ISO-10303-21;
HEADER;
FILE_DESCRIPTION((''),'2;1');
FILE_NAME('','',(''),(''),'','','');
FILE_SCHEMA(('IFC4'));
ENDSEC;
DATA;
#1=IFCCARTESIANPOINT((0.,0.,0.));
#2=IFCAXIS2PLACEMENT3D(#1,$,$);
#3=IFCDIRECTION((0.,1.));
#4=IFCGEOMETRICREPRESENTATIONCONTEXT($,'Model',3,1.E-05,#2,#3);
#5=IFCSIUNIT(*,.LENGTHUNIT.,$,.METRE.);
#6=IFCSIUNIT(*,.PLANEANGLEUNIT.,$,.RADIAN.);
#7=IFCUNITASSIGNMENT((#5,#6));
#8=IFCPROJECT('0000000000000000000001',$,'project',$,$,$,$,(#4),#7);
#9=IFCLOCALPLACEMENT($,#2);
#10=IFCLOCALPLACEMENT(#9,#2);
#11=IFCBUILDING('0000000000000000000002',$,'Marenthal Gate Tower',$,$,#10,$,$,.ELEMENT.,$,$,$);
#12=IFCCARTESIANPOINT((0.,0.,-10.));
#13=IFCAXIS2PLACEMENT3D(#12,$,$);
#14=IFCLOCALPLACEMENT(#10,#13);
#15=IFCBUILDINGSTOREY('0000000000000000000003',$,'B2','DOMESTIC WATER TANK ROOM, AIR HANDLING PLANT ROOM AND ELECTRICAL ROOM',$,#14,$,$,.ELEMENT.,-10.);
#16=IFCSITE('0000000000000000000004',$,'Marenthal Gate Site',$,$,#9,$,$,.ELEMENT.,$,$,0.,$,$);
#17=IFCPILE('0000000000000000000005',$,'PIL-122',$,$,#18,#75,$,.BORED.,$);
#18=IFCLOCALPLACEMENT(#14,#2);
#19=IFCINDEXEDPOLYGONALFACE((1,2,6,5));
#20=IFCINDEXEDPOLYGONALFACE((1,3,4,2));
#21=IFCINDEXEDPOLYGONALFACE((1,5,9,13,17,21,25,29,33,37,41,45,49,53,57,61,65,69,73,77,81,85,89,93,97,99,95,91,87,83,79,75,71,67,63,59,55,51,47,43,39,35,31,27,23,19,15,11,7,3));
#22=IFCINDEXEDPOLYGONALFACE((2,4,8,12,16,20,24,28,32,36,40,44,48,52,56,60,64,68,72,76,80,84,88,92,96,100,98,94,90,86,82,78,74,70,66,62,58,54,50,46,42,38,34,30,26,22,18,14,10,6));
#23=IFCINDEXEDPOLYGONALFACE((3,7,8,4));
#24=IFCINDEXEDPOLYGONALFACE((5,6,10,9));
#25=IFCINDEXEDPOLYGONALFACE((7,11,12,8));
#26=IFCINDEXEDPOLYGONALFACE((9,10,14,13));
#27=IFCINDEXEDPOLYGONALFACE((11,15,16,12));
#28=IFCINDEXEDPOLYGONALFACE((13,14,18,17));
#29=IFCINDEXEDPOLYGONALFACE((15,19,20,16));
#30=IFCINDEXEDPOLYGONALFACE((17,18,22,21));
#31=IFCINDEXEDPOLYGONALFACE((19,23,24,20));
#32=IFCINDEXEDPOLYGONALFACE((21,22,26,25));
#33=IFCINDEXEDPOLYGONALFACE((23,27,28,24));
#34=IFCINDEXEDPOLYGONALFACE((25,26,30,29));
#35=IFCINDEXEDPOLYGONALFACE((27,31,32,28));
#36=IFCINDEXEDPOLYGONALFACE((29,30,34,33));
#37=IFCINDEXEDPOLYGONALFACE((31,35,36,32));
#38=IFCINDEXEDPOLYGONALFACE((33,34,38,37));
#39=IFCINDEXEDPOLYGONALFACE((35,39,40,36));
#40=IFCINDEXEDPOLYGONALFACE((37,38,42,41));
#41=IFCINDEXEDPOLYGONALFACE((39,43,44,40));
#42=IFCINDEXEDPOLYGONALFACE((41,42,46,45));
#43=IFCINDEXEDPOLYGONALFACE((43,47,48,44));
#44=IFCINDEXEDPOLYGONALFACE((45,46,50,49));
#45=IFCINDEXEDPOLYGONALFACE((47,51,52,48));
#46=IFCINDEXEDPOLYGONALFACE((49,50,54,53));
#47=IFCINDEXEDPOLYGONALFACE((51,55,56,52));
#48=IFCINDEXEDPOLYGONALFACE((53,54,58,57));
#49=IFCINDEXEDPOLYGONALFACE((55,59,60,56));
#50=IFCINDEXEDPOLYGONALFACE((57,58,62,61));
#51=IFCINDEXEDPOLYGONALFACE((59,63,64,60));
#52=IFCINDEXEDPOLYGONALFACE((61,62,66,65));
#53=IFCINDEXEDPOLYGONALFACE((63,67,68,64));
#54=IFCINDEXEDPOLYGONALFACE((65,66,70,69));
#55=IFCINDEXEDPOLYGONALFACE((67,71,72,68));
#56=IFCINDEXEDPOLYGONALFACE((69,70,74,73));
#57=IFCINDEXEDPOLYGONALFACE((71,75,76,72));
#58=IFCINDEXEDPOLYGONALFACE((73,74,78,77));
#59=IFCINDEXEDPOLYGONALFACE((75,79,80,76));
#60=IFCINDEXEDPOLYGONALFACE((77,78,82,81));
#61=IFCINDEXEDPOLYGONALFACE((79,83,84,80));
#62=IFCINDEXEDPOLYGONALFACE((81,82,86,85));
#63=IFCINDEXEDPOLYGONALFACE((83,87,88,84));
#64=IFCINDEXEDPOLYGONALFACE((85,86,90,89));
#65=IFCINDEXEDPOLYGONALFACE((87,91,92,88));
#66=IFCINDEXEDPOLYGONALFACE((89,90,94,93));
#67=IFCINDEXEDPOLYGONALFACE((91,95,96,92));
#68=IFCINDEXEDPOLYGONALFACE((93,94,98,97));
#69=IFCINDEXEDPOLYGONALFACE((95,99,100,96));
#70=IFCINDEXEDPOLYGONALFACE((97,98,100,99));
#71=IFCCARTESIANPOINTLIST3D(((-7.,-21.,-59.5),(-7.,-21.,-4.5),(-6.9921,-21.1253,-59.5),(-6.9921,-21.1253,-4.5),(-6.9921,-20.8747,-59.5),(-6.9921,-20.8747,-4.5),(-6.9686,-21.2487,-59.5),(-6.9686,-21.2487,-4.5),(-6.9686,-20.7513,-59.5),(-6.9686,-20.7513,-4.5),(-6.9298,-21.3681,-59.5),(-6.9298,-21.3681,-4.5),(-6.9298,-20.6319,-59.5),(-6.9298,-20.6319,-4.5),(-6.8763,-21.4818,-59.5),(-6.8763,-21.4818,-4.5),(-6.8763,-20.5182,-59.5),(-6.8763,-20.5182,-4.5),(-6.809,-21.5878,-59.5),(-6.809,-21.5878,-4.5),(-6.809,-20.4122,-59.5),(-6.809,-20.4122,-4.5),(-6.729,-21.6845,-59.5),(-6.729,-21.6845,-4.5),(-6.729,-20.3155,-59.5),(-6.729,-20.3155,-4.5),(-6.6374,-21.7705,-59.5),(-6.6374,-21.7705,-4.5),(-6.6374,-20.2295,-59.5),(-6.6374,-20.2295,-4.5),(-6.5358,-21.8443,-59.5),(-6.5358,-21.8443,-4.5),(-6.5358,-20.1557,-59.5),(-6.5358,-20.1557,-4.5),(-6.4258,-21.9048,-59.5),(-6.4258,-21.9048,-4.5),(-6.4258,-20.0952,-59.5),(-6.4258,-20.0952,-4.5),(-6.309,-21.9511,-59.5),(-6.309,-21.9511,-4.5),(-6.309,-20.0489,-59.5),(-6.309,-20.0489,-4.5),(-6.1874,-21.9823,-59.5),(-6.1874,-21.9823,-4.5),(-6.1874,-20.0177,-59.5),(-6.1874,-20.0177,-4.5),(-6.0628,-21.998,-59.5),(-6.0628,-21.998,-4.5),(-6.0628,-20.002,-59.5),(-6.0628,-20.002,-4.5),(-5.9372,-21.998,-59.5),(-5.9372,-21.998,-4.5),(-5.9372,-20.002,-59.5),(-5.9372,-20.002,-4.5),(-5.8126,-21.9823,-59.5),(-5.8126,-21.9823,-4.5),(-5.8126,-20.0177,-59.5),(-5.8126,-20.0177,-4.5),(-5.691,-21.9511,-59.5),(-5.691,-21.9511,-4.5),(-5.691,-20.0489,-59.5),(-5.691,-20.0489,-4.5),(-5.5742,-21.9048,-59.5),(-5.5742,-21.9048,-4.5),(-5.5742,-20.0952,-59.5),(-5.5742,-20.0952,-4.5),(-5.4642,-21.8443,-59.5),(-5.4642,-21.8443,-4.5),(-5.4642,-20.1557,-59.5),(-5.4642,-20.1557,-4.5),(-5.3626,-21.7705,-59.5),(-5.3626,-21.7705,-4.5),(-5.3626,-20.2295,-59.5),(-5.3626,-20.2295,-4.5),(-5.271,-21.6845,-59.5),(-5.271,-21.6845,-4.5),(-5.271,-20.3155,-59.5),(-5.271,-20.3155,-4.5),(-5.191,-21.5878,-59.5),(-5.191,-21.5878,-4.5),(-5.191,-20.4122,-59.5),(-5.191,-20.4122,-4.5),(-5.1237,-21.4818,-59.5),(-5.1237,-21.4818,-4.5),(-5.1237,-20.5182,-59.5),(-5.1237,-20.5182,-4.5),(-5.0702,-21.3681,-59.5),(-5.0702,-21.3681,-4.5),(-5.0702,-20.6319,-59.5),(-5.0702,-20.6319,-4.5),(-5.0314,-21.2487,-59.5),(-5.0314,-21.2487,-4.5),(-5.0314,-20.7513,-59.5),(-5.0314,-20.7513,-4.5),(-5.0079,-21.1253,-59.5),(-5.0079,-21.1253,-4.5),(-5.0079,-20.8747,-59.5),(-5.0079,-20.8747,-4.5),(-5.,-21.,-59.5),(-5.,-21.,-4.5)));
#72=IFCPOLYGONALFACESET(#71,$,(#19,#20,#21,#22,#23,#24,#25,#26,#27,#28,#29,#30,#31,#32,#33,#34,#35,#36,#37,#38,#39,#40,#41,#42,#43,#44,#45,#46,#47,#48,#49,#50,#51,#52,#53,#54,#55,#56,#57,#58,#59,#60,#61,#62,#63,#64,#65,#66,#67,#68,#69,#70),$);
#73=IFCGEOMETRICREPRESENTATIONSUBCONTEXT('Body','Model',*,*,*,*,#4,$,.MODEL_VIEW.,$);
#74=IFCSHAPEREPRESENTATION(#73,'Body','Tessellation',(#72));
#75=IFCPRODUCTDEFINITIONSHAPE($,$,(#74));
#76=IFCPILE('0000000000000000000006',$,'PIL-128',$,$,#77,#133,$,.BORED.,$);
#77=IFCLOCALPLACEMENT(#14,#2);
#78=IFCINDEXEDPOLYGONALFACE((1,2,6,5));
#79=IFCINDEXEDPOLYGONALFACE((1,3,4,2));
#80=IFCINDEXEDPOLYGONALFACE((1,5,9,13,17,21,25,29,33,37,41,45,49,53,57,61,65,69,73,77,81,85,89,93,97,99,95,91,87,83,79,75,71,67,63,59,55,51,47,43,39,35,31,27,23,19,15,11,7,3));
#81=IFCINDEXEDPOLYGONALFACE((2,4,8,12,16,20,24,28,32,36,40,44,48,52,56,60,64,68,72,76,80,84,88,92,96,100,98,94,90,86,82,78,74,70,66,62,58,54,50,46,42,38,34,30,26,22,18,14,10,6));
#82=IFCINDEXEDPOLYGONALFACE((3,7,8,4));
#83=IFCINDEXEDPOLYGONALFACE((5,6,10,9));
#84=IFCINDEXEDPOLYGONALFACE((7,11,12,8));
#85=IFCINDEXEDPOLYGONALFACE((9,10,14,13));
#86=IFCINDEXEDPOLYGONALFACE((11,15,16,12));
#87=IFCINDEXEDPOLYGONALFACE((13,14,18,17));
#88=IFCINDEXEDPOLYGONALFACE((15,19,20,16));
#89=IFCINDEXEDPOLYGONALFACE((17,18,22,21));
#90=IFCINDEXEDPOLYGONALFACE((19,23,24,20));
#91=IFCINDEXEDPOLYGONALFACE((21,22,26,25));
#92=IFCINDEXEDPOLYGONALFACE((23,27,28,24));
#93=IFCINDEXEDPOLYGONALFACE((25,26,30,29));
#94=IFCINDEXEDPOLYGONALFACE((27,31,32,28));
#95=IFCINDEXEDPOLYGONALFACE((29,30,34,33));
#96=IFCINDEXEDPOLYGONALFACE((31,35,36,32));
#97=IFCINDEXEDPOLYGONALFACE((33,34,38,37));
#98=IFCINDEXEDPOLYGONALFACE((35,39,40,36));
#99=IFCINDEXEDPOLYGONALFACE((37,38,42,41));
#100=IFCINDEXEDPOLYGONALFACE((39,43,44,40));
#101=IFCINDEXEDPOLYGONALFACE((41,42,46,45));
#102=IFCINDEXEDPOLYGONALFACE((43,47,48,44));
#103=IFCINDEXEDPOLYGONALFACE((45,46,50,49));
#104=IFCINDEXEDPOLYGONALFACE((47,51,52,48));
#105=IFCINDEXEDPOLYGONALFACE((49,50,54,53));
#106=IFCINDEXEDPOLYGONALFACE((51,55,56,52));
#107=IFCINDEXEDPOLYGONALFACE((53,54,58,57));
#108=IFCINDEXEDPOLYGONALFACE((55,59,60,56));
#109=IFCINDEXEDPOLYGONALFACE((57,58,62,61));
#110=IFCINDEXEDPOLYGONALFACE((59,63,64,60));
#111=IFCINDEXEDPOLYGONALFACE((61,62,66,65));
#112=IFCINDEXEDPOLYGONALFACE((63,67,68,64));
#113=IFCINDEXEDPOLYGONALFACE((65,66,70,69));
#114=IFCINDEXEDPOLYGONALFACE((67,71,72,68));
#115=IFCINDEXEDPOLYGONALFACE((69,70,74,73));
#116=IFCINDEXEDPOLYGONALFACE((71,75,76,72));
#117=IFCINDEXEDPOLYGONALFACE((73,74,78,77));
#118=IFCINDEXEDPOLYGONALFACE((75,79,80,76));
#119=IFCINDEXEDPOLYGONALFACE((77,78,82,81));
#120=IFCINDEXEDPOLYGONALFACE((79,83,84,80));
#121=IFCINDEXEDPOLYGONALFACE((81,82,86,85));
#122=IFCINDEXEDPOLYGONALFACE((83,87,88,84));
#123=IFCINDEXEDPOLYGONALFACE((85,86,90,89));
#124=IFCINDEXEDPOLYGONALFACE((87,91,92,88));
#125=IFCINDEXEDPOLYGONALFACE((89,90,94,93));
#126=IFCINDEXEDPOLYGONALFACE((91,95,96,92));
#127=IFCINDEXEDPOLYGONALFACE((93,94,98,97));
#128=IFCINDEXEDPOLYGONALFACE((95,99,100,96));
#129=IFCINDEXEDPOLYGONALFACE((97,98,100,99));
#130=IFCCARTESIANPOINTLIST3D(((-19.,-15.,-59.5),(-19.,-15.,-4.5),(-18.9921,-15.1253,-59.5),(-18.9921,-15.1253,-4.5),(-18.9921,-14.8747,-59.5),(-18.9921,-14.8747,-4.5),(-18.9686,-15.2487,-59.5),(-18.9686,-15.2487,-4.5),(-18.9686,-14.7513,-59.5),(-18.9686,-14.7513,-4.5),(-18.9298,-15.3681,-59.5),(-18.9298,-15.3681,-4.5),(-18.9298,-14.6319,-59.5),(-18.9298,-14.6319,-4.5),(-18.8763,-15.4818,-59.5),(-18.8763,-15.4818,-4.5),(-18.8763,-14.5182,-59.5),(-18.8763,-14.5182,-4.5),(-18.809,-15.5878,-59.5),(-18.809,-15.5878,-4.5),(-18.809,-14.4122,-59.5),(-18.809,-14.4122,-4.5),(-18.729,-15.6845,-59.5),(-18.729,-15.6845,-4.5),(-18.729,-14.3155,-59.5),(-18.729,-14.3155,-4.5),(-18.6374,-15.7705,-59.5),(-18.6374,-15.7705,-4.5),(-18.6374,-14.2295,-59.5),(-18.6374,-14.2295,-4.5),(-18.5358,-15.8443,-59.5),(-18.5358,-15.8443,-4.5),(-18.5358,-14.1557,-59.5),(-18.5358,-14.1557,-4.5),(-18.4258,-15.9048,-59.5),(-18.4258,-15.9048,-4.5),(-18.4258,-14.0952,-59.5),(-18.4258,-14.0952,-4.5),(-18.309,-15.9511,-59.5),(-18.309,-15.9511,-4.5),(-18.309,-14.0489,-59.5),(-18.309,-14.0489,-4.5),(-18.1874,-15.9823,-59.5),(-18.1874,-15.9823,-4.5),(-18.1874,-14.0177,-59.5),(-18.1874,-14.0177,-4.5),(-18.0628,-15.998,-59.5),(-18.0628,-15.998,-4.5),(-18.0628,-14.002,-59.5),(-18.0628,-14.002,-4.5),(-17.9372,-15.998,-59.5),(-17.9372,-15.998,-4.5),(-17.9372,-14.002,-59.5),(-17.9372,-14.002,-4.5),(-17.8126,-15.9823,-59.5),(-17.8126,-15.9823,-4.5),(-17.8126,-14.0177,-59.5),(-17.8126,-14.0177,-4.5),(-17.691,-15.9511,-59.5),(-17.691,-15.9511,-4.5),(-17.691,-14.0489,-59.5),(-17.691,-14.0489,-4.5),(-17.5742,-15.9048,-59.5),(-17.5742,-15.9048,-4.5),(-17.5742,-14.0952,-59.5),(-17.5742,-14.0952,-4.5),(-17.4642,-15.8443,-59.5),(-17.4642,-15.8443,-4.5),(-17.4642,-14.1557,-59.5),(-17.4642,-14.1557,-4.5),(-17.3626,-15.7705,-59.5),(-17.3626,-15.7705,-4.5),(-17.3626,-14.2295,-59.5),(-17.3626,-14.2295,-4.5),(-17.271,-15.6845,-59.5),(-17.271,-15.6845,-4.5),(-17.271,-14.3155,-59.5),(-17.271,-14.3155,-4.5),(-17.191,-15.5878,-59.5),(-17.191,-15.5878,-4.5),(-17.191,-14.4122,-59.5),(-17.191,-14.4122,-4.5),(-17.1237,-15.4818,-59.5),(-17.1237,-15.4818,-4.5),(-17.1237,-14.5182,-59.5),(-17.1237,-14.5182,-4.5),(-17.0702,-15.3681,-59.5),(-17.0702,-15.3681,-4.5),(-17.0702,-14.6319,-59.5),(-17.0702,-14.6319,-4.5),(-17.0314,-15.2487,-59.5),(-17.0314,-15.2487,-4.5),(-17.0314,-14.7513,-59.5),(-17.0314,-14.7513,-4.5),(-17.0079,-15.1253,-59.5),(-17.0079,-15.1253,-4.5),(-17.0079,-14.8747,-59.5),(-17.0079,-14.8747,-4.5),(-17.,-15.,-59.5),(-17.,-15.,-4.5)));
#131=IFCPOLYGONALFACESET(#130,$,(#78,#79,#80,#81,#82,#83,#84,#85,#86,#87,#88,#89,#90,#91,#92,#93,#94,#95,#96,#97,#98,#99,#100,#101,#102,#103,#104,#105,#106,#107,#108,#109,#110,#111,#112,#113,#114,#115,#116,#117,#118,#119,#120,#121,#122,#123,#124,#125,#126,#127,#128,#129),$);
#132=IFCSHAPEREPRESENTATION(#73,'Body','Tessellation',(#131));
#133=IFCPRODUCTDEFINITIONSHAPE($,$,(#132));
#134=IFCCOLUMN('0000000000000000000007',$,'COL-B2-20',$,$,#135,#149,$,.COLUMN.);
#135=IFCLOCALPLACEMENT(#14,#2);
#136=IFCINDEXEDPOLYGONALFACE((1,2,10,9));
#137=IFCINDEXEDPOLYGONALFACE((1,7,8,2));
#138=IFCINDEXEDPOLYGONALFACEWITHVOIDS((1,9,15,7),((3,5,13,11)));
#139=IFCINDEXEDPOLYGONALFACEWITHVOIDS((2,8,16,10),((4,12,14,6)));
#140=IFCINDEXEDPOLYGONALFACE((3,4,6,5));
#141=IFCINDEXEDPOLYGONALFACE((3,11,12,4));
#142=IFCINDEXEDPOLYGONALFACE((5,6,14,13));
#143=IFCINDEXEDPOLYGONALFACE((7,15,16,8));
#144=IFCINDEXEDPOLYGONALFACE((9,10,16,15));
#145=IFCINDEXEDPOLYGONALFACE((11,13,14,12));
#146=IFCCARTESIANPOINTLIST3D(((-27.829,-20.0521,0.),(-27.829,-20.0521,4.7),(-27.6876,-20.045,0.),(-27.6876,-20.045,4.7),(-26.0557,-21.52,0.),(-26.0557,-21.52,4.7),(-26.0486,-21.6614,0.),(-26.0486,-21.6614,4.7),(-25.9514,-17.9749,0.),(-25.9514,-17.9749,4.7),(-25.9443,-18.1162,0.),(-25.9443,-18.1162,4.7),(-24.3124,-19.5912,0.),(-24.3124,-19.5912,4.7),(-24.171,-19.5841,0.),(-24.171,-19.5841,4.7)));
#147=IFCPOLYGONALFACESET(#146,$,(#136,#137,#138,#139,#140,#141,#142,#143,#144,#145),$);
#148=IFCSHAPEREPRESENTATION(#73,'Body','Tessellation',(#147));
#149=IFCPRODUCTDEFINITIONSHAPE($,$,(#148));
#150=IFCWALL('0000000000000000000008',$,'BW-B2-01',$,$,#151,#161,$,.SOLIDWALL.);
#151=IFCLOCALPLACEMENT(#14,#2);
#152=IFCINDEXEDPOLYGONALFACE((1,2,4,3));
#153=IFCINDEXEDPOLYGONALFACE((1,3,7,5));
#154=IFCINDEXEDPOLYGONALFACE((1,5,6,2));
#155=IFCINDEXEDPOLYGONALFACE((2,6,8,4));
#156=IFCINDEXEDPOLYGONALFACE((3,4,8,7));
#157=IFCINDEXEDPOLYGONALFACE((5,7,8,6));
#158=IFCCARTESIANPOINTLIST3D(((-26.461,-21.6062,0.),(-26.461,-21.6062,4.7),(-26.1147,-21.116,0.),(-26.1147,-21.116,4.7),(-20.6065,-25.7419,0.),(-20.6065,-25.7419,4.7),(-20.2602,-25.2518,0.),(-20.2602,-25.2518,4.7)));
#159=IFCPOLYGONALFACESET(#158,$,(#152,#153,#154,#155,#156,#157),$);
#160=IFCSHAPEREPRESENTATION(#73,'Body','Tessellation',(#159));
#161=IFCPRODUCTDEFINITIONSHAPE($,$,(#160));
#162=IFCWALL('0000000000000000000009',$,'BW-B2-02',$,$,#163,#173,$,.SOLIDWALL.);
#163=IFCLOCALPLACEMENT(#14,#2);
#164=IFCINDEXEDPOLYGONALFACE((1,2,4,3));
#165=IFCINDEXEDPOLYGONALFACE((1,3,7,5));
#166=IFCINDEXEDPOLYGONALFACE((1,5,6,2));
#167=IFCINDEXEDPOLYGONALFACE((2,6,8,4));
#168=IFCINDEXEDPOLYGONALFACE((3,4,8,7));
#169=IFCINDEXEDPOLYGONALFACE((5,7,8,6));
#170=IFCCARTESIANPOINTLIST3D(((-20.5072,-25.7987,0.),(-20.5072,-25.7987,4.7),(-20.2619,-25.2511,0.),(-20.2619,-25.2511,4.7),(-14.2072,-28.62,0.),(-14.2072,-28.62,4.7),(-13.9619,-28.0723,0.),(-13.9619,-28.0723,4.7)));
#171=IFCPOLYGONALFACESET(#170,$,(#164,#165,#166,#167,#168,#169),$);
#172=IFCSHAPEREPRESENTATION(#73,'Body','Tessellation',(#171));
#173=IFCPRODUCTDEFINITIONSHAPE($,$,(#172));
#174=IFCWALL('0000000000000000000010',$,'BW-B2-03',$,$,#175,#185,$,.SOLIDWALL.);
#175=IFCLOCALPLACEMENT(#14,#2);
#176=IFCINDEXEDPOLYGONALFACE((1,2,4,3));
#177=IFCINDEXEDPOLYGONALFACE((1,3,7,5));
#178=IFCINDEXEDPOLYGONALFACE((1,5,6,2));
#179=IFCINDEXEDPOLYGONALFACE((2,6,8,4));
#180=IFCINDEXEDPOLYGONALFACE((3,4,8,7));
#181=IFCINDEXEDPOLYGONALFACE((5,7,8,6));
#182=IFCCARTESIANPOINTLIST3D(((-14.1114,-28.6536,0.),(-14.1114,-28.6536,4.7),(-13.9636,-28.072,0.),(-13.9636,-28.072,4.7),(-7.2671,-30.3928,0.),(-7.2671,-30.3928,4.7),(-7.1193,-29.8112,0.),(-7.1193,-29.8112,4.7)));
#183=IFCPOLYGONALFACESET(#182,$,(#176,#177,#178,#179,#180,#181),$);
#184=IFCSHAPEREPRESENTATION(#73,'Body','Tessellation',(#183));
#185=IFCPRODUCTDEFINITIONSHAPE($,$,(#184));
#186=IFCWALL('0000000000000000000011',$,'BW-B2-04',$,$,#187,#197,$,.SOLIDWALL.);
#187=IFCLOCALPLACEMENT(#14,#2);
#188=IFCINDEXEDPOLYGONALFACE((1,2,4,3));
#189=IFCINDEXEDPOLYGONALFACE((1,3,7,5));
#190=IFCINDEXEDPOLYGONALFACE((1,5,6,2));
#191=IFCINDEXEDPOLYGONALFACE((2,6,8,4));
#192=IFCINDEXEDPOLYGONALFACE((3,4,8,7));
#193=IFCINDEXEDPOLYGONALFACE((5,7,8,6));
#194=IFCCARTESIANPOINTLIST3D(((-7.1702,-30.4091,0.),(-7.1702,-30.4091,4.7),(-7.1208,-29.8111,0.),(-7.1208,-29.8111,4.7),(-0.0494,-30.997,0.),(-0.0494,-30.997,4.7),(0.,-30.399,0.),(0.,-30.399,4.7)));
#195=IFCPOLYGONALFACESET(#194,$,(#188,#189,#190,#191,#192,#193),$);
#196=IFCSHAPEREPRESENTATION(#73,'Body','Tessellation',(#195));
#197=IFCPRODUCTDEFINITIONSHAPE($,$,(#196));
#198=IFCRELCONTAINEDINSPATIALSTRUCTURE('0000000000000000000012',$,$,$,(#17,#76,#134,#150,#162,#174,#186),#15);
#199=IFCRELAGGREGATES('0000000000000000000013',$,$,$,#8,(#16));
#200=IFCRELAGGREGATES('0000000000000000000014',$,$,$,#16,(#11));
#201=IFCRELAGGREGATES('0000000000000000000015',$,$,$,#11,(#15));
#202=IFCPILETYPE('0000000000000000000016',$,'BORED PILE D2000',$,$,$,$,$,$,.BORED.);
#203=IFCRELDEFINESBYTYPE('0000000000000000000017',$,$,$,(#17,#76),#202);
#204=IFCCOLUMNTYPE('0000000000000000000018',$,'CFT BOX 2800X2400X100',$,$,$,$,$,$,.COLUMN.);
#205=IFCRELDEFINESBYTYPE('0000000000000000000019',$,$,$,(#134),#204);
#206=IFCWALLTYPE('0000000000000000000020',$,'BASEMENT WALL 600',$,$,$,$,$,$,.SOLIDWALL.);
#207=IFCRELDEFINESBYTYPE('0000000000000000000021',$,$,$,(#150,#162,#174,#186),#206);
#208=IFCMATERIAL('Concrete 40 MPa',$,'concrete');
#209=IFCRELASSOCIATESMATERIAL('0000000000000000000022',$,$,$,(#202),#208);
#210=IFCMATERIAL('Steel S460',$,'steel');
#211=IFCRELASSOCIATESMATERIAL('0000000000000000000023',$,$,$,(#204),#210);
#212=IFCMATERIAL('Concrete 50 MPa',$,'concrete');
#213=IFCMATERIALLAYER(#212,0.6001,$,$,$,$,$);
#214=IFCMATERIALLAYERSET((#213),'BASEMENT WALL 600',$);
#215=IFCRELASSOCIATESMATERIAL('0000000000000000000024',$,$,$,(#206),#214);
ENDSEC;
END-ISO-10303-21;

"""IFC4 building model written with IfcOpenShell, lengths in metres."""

from ifc_helpers import new_model, si_unit, direction, frame, frame_2d, origin, origin_2d, place, context, subcontext, project, spatial, rectangle, hollow_rectangle, circle, extrude, material, layer, layer_set, material_profile, profile_set, type_object, element, save


model = new_model("IFC4")

# Units and contexts
model_context = context("Model", 3, precision=1e-05, world=origin(), true_north=direction((0.0, 1.0)))
body_context = subcontext(model_context, "Body", "Model", "MODEL_VIEW")
ifc_project = project(units=[si_unit("LENGTHUNIT", "METRE"), si_unit("PLANEANGLEUNIT", "RADIAN")], contexts=[model_context])

# Site, building, storey
site_placement = place(None, origin())
site = spatial("IfcSite", under=ifc_project, at=site_placement, Name="Marenthal Gate Site", CompositionType="ELEMENT", RefElevation=0.0)
building_placement = place(site_placement, origin())
building = spatial("IfcBuilding", under=site, at=building_placement, Name="Marenthal Gate Tower", CompositionType="ELEMENT")
storey_placement = place(building_placement, frame((0.0, 0.0, -10.0)))
storey = spatial("IfcBuildingStorey", under=building, at=storey_placement, Name="B2", Description="DOMESTIC WATER TANK ROOM, AIR HANDLING PLANT ROOM AND ELECTRICAL ROOM", CompositionType="ELEMENT", Elevation=-10.0)

# Piles
ifc_material_1 = material(Name="Concrete 40 MPa", Category="concrete")
pile_type = type_object("IfcPileType", Name="BORED PILE D2000", PredefinedType="BORED", material=ifc_material_1)
for number, where, z_axis, x_axis, name in (
    (1, (-6.0, -21.0, -4.5), (0.0, 0.0, -1.0), (1.0, 0.0, 0.0), "PIL-122"),
    (2, (-18.0, -15.0, -4.5), (0.0, 0.0, -1.0), (1.0, 0.0, 0.0), "PIL-128"),
):
    element("IfcPile", number, at=place(storey_placement, frame(where, z_axis=z_axis, x_axis=x_axis)), inside=storey, type_object=pile_type, Name=name, PredefinedType="BORED", context=body_context, shape_type="SweptSolid", body=[
        extrude(circle(Radius=1.0, at=origin_2d()), origin(), (0.0, 0.0, 1.0), 55.0),
    ])

# Column
ifc_material_2 = material(Name="Steel S460", Category="steel")
ifc_material_profile_1 = material_profile(ifc_material_2, hollow_rectangle(XDim=2.3999, YDim=2.8, WallThickness=0.1001, at=origin_2d()), Name="CFT BOX 2800X2400X100")
ifc_material_3 = material(Name="Concrete 70 MPa", Category="concrete")
ifc_material_profile_2 = material_profile(ifc_material_3, rectangle(XDim=2.2, YDim=2.6001, at=origin_2d()), Name="CFT BOX 2800X2400X100 INFILL")
ifc_profile_set = profile_set([ifc_material_profile_1, ifc_material_profile_2], Name="Steel S460 shell, Concrete 70 MPa infill")
column_type = type_object("IfcColumnType", Name="CFT BOX 2800X2400X100", PredefinedType="COLUMN", material=ifc_profile_set)
column_placement = place(storey_placement, frame((-26.0, -19.8181, 0.0), z_axis=(0.0, 0.0, 1.0), x_axis=(-0.741874, 0.670539, 0.0)))
element("IfcColumn", 3, at=column_placement, inside=storey, type_object=column_type, Name="COL-B2-20", PredefinedType="COLUMN", context=body_context, shape_type="SweptSolid", body=[
    extrude(hollow_rectangle(XDim=2.3999, YDim=2.8, WallThickness=0.1001, at=origin_2d()), origin(), (0.0, 0.0, 1.0), 4.7),
])

# Walls
ifc_material_4 = material(Name="Concrete 50 MPa", Category="concrete")
ifc_layer_1 = layer(ifc_material_4, 0.6001)
ifc_layer_set_1 = layer_set([ifc_layer_1], Name="BASEMENT WALL 600")
wall_type_1 = type_object("IfcWallType", Name="BASEMENT WALL 600", PredefinedType="SOLIDWALL", material=ifc_layer_set_1)
wall_1_placement = place(storey_placement, frame((-26.2878, -21.3611, 0.0), z_axis=(0.0, 0.0, 1.0), x_axis=(0.81676, -0.576977, 0.0)))
element("IfcWall", 4, at=wall_1_placement, inside=storey, type_object=wall_type_1, Name="BW-B2-01", PredefinedType="SOLIDWALL", context=body_context, shape_type="SweptSolid", body=[
    extrude(rectangle(XDim=7.168, YDim=0.6001, at=frame_2d((3.584, 0.0))), origin(), (0.0, 0.0, 1.0), 4.7),
])
wall_2_placement = place(storey_placement, frame((-20.3845, -25.5249, 0.0), z_axis=(0.0, 0.0, 1.0), x_axis=(0.912664, -0.40871, 0.0)))
element("IfcWall", 5, at=wall_2_placement, inside=storey, type_object=wall_type_1, Name="BW-B2-02", PredefinedType="SOLIDWALL", context=body_context, shape_type="SweptSolid", body=[
    extrude(rectangle(XDim=6.9028, YDim=0.6001, at=frame_2d((3.4514, 0.0))), origin(), (0.0, 0.0, 1.0), 4.7),
])
wall_3_placement = place(storey_placement, frame((-14.0374, -28.3628, 0.0), z_axis=(0.0, 0.0, 1.0), x_axis=(0.969196, -0.246292, 0.0)))
element("IfcWall", 6, at=wall_3_placement, inside=storey, type_object=wall_type_1, Name="BW-B2-03", PredefinedType="SOLIDWALL", context=body_context, shape_type="SweptSolid", body=[
    extrude(rectangle(XDim=7.0618, YDim=0.6001, at=frame_2d((3.5308, 0.0))), origin(), (0.0, 0.0, 1.0), 4.7),
])
wall_4_placement = place(storey_placement, frame((-7.1455, -30.1101, 0.0), z_axis=(0.0, 0.0, 1.0), x_axis=(0.996609, -0.082279, 0.0)))
element("IfcWall", 7, at=wall_4_placement, inside=storey, type_object=wall_type_1, Name="BW-B2-04", PredefinedType="SOLIDWALL", context=body_context, shape_type="SweptSolid", body=[
    extrude(rectangle(XDim=7.145, YDim=0.6001, at=frame_2d((3.5725, 0.0))), origin(), (0.0, 0.0, 1.0), 4.7),
])

save(model, "model.ifc")
